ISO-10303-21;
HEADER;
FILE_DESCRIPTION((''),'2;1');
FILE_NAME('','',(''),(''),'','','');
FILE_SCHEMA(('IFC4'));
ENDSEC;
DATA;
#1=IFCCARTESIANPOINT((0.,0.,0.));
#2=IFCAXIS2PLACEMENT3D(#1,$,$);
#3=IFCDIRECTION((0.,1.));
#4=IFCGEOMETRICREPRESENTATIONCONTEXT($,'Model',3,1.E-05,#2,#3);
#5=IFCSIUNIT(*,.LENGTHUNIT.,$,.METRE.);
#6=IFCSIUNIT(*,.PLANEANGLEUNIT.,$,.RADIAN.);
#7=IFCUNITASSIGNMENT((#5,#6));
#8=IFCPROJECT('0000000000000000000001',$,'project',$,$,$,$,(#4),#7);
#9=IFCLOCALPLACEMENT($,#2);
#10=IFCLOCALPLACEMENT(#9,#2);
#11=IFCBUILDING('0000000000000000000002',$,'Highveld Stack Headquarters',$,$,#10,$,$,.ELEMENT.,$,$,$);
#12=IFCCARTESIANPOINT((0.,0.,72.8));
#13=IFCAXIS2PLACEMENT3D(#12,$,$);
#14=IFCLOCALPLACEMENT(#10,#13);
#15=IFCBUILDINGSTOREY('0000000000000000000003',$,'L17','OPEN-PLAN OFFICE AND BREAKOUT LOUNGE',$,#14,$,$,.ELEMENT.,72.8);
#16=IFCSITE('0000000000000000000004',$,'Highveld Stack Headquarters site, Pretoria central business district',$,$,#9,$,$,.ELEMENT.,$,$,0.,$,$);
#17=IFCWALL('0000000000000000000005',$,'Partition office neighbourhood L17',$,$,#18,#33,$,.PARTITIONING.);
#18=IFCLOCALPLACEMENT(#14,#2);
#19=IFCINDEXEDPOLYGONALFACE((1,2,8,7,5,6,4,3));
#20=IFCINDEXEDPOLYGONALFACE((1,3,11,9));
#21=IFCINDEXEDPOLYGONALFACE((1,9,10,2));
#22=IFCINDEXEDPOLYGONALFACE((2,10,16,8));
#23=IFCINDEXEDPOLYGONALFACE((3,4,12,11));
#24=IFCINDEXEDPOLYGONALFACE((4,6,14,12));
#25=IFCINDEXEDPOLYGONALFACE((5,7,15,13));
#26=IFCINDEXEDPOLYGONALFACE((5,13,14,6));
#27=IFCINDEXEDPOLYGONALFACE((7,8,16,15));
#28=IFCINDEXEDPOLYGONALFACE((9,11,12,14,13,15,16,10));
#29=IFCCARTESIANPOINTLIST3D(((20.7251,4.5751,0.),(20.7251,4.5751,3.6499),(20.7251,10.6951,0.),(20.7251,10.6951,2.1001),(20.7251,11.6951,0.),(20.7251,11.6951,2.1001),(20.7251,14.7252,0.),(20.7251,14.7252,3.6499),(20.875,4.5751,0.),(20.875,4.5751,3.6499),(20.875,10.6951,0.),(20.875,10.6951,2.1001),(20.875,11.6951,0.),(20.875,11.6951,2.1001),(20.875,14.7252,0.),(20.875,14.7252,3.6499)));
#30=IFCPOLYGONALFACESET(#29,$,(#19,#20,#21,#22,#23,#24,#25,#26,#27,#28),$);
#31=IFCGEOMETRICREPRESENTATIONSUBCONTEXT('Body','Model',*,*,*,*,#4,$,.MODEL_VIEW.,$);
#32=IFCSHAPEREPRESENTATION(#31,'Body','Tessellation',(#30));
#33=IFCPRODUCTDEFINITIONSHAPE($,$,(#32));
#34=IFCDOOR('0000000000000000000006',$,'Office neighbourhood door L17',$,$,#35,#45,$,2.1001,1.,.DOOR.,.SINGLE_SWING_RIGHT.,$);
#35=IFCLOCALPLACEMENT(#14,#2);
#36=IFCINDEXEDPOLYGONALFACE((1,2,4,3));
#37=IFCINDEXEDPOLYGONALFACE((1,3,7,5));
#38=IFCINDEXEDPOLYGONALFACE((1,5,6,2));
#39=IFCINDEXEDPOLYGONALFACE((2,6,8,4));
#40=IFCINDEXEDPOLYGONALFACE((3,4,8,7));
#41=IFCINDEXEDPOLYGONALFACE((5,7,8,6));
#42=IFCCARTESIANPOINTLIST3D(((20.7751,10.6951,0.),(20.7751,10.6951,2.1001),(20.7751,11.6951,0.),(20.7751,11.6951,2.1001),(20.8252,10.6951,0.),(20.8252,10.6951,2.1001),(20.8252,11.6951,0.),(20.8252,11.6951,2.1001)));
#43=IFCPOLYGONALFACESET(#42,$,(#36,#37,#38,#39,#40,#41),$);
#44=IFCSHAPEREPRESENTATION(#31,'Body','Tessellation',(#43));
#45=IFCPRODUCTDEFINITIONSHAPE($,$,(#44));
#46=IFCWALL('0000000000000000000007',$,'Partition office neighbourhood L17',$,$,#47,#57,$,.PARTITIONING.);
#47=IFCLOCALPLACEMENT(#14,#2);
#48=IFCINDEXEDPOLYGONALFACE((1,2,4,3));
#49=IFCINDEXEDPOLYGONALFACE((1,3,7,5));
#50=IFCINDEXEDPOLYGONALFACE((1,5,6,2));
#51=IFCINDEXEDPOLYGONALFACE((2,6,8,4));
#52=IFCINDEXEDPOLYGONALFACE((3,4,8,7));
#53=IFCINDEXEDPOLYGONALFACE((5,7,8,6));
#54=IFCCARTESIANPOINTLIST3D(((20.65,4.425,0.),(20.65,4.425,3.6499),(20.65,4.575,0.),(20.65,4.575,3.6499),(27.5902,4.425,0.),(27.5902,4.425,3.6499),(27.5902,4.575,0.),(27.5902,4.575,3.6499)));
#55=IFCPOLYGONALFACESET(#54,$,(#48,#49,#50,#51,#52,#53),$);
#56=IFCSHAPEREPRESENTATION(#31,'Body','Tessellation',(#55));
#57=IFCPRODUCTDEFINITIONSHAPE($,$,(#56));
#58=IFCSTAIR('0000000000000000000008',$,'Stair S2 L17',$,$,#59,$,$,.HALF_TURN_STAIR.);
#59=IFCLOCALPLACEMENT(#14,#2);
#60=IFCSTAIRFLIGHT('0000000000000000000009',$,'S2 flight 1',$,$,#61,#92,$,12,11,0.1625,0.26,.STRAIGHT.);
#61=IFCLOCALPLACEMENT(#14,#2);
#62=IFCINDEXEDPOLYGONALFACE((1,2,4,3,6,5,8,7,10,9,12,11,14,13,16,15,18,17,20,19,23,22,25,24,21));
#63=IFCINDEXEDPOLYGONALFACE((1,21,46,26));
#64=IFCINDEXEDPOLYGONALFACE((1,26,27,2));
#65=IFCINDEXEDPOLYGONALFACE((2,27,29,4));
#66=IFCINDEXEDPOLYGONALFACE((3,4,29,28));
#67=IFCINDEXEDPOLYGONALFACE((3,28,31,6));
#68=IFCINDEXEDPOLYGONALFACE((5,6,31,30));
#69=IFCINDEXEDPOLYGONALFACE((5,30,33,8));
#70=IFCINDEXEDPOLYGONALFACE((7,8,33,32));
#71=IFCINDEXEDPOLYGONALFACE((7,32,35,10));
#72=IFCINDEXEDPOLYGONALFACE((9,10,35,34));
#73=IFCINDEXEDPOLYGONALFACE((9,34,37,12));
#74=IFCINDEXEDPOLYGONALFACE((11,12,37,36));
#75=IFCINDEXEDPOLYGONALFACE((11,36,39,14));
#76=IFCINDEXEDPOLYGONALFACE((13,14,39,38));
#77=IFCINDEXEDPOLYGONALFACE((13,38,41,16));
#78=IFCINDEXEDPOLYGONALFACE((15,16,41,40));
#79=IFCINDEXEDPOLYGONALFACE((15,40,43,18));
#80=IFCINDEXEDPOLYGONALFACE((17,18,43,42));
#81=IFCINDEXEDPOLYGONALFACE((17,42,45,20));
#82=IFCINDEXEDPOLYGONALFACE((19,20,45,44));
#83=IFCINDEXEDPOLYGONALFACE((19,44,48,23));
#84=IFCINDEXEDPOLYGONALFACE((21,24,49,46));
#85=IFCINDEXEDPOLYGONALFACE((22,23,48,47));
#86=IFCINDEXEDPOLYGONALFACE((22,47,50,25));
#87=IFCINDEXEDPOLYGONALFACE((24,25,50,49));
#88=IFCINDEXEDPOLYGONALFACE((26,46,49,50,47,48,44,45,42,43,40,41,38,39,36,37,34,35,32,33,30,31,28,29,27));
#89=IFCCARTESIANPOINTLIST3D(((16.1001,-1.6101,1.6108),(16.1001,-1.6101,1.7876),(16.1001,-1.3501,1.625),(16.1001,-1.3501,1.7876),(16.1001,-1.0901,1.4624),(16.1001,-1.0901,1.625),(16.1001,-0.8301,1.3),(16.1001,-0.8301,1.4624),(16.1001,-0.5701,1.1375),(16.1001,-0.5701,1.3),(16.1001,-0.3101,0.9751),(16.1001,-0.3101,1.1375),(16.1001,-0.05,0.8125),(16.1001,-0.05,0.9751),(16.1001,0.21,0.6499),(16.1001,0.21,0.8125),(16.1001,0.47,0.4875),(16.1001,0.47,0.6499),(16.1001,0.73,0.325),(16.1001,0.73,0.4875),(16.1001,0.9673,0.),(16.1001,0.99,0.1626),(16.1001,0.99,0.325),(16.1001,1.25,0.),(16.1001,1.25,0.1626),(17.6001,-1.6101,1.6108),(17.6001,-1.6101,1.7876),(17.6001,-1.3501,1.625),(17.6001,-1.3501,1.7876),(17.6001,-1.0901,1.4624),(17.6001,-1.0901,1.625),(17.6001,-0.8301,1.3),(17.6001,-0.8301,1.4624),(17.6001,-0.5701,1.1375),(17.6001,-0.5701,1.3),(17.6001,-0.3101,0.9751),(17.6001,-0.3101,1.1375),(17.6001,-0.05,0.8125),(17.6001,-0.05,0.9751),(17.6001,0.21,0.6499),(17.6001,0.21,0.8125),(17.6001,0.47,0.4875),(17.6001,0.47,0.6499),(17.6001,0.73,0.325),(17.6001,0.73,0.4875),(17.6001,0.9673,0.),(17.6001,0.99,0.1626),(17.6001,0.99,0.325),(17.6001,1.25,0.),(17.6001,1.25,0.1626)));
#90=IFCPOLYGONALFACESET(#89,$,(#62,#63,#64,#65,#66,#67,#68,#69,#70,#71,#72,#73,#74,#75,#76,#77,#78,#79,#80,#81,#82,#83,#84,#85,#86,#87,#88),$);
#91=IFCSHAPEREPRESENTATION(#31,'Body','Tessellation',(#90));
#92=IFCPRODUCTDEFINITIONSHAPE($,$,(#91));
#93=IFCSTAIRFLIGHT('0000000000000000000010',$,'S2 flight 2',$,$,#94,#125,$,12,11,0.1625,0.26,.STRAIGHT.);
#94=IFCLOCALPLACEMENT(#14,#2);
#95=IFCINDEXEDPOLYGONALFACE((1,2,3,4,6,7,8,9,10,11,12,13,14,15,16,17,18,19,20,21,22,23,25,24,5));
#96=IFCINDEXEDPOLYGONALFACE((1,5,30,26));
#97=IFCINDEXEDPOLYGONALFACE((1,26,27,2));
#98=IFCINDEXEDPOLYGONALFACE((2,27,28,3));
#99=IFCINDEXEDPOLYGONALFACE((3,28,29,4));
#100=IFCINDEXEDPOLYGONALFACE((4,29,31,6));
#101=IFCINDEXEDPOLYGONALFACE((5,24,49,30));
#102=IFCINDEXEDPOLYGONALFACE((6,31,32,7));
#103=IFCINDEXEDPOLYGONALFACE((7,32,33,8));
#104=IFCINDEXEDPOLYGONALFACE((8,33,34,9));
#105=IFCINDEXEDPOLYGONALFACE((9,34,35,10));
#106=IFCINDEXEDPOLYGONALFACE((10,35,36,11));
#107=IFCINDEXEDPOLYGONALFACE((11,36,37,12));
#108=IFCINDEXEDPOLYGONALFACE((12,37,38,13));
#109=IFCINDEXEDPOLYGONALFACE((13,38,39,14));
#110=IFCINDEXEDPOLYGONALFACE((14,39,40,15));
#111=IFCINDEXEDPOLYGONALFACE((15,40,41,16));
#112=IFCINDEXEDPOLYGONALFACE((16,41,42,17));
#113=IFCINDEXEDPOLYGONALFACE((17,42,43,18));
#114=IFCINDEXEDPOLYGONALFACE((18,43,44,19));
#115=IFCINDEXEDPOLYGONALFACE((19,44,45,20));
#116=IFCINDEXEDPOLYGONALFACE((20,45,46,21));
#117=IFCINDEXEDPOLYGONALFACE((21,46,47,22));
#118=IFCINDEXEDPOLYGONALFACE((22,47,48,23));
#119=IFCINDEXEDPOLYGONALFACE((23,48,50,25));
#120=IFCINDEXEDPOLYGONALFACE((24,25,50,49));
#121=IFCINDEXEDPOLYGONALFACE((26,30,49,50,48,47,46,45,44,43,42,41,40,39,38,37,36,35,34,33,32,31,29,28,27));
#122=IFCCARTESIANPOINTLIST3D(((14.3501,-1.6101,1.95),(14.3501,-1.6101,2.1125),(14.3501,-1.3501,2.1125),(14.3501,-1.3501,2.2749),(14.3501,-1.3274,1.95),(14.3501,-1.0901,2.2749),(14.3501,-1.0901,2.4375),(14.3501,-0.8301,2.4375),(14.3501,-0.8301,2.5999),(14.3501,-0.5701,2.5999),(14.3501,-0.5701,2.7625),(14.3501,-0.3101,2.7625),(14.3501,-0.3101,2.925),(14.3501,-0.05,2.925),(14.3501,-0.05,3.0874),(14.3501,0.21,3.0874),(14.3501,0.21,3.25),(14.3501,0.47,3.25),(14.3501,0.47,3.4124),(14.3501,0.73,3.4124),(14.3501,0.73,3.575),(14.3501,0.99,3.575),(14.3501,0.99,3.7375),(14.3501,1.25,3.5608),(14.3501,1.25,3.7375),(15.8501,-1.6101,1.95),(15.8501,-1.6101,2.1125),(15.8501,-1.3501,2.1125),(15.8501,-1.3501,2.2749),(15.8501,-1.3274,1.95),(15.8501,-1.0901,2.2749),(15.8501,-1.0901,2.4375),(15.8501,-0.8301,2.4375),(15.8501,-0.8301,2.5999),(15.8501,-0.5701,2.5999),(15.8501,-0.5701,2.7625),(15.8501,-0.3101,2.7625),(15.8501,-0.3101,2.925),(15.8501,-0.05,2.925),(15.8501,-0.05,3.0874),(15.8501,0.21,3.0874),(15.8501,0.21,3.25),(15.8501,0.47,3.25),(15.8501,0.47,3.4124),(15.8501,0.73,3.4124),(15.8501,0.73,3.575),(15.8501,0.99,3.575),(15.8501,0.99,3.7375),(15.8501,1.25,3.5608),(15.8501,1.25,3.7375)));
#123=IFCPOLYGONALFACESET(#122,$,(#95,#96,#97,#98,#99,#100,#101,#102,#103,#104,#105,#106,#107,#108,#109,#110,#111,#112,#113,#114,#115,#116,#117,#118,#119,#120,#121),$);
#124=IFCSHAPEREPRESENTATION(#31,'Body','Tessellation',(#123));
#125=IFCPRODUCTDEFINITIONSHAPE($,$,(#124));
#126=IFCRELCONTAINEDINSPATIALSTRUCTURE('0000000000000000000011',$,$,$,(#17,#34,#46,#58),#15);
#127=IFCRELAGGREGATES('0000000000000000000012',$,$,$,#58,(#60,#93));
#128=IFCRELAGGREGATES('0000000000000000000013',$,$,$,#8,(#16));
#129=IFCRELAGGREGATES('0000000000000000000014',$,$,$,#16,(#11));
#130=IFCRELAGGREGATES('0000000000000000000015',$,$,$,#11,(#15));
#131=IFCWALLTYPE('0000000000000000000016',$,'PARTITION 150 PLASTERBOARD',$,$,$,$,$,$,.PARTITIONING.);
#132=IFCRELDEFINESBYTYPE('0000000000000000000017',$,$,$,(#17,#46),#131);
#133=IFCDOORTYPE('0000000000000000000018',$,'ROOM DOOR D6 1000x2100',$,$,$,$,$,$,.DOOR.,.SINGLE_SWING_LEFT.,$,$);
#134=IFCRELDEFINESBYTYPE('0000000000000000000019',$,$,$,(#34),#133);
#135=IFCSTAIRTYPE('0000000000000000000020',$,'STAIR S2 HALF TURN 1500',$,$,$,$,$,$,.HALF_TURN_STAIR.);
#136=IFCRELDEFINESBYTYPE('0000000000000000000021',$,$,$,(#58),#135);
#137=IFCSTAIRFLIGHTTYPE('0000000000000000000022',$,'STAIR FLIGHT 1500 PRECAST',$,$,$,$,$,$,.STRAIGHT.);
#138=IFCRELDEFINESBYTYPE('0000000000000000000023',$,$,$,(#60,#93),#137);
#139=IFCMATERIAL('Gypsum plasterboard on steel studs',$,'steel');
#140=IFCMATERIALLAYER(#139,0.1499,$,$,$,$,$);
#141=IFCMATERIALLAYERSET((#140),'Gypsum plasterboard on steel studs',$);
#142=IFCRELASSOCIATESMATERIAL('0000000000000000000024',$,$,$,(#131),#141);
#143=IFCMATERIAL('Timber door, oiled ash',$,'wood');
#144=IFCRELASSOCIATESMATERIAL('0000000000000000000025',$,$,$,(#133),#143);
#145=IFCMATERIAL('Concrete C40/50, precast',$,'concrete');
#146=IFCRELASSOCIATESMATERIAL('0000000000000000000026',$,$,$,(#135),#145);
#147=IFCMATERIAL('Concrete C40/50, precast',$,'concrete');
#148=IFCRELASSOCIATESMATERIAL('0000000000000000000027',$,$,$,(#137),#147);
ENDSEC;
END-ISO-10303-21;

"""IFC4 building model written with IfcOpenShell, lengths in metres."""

from ifc_helpers import new_model, si_unit, direction, frame, frame_2d, origin, place, context, subcontext, project, spatial, polyline, rectangle, outline, extrude, material, layer, layer_set, type_object, element, fill, aggregate, save


model = new_model("IFC4")

# Units and contexts
model_context = context("Model", 3, precision=1e-05, world=origin(), true_north=direction((0.0, 1.0)))
body_context = subcontext(model_context, "Body", "Model", "MODEL_VIEW")
ifc_project = project(units=[si_unit("LENGTHUNIT", "METRE"), si_unit("PLANEANGLEUNIT", "RADIAN")], contexts=[model_context])

# Site, building, storey
site_placement = place(None, origin())
site = spatial("IfcSite", under=ifc_project, at=site_placement, Name="Highveld Stack Headquarters site, Pretoria central business district", CompositionType="ELEMENT", RefElevation=0.0)
building_placement = place(site_placement, origin())
building = spatial("IfcBuilding", under=site, at=building_placement, Name="Highveld Stack Headquarters", CompositionType="ELEMENT")
storey_placement = place(building_placement, frame((0.0, 0.0, 72.8)))
storey = spatial("IfcBuildingStorey", under=building, at=storey_placement, Name="L17", Description="OPEN-PLAN OFFICE AND BREAKOUT LOUNGE", CompositionType="ELEMENT", Elevation=72.8)

# Shared definitions
ifc_material_1 = material(Name="Gypsum plasterboard on steel studs", Category="steel")
ifc_layer_1 = layer(ifc_material_1, 0.1499)
ifc_layer_set_1 = layer_set([ifc_layer_1], Name="Gypsum plasterboard on steel studs")
wall_type_1 = type_object("IfcWallType", Name="PARTITION 150 PLASTERBOARD", PredefinedType="PARTITIONING", material=ifc_layer_set_1)
ifc_material_2 = material(Name="Timber door, oiled ash", Category="wood")
door_type_1 = type_object("IfcDoorType", Name="ROOM DOOR D6 1000x2100", OperationType="SINGLE_SWING_LEFT", PredefinedType="DOOR", material=ifc_material_2)

# Wall, opening, door
wall_1_placement = place(storey_placement, frame((20.8, 4.575, 0.0), z_axis=(0.0, 0.0, 1.0), x_axis=(0.0, 1.0, 0.0)))
wall_1 = element("IfcWall", 1, at=wall_1_placement, inside=storey, type_object=wall_type_1, Name="Partition office neighbourhood L17", PredefinedType="PARTITIONING", context=body_context, shape_type="SweptSolid", body=[
    extrude(rectangle(XDim=10.1501, YDim=0.1499, at=frame_2d((5.0752, 0.0))), origin(), (0.0, 0.0, 1.0), 3.6499),
])
opening_1_placement = place(wall_1_placement, frame((6.1201, 0.0, 0.0)))
opening_1 = element("IfcOpeningElement", 2, at=opening_1_placement, cuts=wall_1, PredefinedType="OPENING", context=body_context, shape_type="SweptSolid", body=[
    extrude(rectangle(XDim=1.0, YDim=2.1001, at=frame_2d((0.5, 1.05))), frame((0.0, 0.085, 0.0), z_axis=(0.0, -1.0, 0.0), x_axis=(1.0, 0.0, 0.0)), (0.0, 0.0, 1.0), 0.1699),
])
door_1_placement = place(opening_1_placement, origin())
door_1 = element("IfcDoor", 3, at=door_1_placement, inside=storey, type_object=door_type_1, Name="Office neighbourhood door L17", OperationType="SINGLE_SWING_RIGHT", OverallHeight=2.1001, OverallWidth=1.0, PredefinedType="DOOR", context=body_context, shape_type="SweptSolid", body=[
    extrude(rectangle(XDim=1.0, YDim=2.1001, at=frame_2d((0.5, 1.05))), frame((0.0, 0.0249, 0.0), z_axis=(0.0, -1.0, 0.0), x_axis=(1.0, 0.0, 0.0)), (0.0, 0.0, 1.0), 0.05),
])
fill(opening_1, door_1)

# Wall
wall_2_placement = place(storey_placement, frame((20.6499, 4.5, 0.0), z_axis=(0.0, 0.0, 1.0), x_axis=(1.0, 0.0, 0.0)))
element("IfcWall", 4, at=wall_2_placement, inside=storey, type_object=wall_type_1, Name="Partition office neighbourhood L17", PredefinedType="PARTITIONING", context=body_context, shape_type="SweptSolid", body=[
    extrude(rectangle(XDim=6.9402, YDim=0.1499, at=frame_2d((3.4702, 0.0))), origin(), (0.0, 0.0, 1.0), 3.6499),
])

# Stair, stair flights
ifc_material_3 = material(Name="Concrete C40/50, precast", Category="concrete")
stair_type = type_object("IfcStairType", Name="STAIR S2 HALF TURN 1500", PredefinedType="HALF_TURN_STAIR", material=ifc_material_3)
stair_placement = place(storey_placement, origin())
stair = element("IfcStair", 5, at=stair_placement, inside=storey, type_object=stair_type, Name="Stair S2 L17", PredefinedType="HALF_TURN_STAIR")
ifc_material_4 = material(Name="Concrete C40/50, precast", Category="concrete")
stair_flight_type = type_object("IfcStairFlightType", Name="STAIR FLIGHT 1500 PRECAST", PredefinedType="STRAIGHT", material=ifc_material_4)
stair_flight_1_placement = place(storey_placement, frame((16.8501, 1.25, 0.0), z_axis=(0.0, 0.0, 1.0), x_axis=(0.0, -1.0, 0.0)))
stair_flight_1 = element("IfcStairFlight", 6, at=stair_flight_1_placement, type_object=stair_flight_type, Name="S2 flight 1", NumberOfRisers=12, NumberOfTreads=11, PredefinedType="STRAIGHT", RiserHeight=0.1625, TreadLength=0.26, context=body_context, shape_type="SweptSolid", body=[
    extrude(outline(polyline([(0.0, 0.0), (0.0, 0.1626), (0.26, 0.1626), (0.26, 0.325), (0.52, 0.325), (0.52, 0.4875), (0.78, 0.4875), (0.78, 0.6499), (1.04, 0.6499), (1.04, 0.8125), (1.3, 0.8125), (1.3, 0.9751), (1.5601, 0.9751), (1.5601, 1.1375), (1.8201, 1.1375), (1.8201, 1.3), (2.0801, 1.3), (2.0801, 1.4624), (2.3401, 1.4624), (2.3401, 1.625), (2.6001, 1.625), (2.6001, 1.7876), (2.8601, 1.7876), (2.8601, 1.95), (2.8601, 1.6108), (0.2827, 0.0), (0.0, 0.0)])), frame((0.0, 0.75, 0.0), z_axis=(0.0, -1.0, 0.0), x_axis=(1.0, 0.0, 0.0)), (0.0, 0.0, 1.0), 1.5),
])
stair_flight_2_placement = place(storey_placement, frame((15.1001, -1.6101, 1.95), z_axis=(0.0, 0.0, 1.0), x_axis=(0.0, 1.0, 0.0)))
stair_flight_2 = element("IfcStairFlight", 7, at=stair_flight_2_placement, type_object=stair_flight_type, Name="S2 flight 2", NumberOfRisers=12, NumberOfTreads=11, PredefinedType="STRAIGHT", RiserHeight=0.1625, TreadLength=0.26, context=body_context, shape_type="SweptSolid", body=[
    extrude(outline(polyline([(0.0, 0.0), (0.0, 0.1626), (0.26, 0.1626), (0.26, 0.325), (0.52, 0.325), (0.52, 0.4875), (0.78, 0.4875), (0.78, 0.6499), (1.04, 0.6499), (1.04, 0.8125), (1.3, 0.8125), (1.3, 0.9751), (1.5601, 0.9751), (1.5601, 1.1375), (1.8201, 1.1375), (1.8201, 1.3), (2.0801, 1.3), (2.0801, 1.4624), (2.3401, 1.4624), (2.3401, 1.625), (2.6001, 1.625), (2.6001, 1.7876), (2.8601, 1.7876), (2.8601, 1.95), (2.8601, 1.6108), (0.2827, 0.0), (0.0, 0.0)])), frame((0.0, 0.75, 0.0), z_axis=(0.0, -1.0, 0.0), x_axis=(1.0, 0.0, 0.0)), (0.0, 0.0, 1.0), 1.5),
])
aggregate(stair, [stair_flight_1, stair_flight_2])

save(model, "model.ifc")
